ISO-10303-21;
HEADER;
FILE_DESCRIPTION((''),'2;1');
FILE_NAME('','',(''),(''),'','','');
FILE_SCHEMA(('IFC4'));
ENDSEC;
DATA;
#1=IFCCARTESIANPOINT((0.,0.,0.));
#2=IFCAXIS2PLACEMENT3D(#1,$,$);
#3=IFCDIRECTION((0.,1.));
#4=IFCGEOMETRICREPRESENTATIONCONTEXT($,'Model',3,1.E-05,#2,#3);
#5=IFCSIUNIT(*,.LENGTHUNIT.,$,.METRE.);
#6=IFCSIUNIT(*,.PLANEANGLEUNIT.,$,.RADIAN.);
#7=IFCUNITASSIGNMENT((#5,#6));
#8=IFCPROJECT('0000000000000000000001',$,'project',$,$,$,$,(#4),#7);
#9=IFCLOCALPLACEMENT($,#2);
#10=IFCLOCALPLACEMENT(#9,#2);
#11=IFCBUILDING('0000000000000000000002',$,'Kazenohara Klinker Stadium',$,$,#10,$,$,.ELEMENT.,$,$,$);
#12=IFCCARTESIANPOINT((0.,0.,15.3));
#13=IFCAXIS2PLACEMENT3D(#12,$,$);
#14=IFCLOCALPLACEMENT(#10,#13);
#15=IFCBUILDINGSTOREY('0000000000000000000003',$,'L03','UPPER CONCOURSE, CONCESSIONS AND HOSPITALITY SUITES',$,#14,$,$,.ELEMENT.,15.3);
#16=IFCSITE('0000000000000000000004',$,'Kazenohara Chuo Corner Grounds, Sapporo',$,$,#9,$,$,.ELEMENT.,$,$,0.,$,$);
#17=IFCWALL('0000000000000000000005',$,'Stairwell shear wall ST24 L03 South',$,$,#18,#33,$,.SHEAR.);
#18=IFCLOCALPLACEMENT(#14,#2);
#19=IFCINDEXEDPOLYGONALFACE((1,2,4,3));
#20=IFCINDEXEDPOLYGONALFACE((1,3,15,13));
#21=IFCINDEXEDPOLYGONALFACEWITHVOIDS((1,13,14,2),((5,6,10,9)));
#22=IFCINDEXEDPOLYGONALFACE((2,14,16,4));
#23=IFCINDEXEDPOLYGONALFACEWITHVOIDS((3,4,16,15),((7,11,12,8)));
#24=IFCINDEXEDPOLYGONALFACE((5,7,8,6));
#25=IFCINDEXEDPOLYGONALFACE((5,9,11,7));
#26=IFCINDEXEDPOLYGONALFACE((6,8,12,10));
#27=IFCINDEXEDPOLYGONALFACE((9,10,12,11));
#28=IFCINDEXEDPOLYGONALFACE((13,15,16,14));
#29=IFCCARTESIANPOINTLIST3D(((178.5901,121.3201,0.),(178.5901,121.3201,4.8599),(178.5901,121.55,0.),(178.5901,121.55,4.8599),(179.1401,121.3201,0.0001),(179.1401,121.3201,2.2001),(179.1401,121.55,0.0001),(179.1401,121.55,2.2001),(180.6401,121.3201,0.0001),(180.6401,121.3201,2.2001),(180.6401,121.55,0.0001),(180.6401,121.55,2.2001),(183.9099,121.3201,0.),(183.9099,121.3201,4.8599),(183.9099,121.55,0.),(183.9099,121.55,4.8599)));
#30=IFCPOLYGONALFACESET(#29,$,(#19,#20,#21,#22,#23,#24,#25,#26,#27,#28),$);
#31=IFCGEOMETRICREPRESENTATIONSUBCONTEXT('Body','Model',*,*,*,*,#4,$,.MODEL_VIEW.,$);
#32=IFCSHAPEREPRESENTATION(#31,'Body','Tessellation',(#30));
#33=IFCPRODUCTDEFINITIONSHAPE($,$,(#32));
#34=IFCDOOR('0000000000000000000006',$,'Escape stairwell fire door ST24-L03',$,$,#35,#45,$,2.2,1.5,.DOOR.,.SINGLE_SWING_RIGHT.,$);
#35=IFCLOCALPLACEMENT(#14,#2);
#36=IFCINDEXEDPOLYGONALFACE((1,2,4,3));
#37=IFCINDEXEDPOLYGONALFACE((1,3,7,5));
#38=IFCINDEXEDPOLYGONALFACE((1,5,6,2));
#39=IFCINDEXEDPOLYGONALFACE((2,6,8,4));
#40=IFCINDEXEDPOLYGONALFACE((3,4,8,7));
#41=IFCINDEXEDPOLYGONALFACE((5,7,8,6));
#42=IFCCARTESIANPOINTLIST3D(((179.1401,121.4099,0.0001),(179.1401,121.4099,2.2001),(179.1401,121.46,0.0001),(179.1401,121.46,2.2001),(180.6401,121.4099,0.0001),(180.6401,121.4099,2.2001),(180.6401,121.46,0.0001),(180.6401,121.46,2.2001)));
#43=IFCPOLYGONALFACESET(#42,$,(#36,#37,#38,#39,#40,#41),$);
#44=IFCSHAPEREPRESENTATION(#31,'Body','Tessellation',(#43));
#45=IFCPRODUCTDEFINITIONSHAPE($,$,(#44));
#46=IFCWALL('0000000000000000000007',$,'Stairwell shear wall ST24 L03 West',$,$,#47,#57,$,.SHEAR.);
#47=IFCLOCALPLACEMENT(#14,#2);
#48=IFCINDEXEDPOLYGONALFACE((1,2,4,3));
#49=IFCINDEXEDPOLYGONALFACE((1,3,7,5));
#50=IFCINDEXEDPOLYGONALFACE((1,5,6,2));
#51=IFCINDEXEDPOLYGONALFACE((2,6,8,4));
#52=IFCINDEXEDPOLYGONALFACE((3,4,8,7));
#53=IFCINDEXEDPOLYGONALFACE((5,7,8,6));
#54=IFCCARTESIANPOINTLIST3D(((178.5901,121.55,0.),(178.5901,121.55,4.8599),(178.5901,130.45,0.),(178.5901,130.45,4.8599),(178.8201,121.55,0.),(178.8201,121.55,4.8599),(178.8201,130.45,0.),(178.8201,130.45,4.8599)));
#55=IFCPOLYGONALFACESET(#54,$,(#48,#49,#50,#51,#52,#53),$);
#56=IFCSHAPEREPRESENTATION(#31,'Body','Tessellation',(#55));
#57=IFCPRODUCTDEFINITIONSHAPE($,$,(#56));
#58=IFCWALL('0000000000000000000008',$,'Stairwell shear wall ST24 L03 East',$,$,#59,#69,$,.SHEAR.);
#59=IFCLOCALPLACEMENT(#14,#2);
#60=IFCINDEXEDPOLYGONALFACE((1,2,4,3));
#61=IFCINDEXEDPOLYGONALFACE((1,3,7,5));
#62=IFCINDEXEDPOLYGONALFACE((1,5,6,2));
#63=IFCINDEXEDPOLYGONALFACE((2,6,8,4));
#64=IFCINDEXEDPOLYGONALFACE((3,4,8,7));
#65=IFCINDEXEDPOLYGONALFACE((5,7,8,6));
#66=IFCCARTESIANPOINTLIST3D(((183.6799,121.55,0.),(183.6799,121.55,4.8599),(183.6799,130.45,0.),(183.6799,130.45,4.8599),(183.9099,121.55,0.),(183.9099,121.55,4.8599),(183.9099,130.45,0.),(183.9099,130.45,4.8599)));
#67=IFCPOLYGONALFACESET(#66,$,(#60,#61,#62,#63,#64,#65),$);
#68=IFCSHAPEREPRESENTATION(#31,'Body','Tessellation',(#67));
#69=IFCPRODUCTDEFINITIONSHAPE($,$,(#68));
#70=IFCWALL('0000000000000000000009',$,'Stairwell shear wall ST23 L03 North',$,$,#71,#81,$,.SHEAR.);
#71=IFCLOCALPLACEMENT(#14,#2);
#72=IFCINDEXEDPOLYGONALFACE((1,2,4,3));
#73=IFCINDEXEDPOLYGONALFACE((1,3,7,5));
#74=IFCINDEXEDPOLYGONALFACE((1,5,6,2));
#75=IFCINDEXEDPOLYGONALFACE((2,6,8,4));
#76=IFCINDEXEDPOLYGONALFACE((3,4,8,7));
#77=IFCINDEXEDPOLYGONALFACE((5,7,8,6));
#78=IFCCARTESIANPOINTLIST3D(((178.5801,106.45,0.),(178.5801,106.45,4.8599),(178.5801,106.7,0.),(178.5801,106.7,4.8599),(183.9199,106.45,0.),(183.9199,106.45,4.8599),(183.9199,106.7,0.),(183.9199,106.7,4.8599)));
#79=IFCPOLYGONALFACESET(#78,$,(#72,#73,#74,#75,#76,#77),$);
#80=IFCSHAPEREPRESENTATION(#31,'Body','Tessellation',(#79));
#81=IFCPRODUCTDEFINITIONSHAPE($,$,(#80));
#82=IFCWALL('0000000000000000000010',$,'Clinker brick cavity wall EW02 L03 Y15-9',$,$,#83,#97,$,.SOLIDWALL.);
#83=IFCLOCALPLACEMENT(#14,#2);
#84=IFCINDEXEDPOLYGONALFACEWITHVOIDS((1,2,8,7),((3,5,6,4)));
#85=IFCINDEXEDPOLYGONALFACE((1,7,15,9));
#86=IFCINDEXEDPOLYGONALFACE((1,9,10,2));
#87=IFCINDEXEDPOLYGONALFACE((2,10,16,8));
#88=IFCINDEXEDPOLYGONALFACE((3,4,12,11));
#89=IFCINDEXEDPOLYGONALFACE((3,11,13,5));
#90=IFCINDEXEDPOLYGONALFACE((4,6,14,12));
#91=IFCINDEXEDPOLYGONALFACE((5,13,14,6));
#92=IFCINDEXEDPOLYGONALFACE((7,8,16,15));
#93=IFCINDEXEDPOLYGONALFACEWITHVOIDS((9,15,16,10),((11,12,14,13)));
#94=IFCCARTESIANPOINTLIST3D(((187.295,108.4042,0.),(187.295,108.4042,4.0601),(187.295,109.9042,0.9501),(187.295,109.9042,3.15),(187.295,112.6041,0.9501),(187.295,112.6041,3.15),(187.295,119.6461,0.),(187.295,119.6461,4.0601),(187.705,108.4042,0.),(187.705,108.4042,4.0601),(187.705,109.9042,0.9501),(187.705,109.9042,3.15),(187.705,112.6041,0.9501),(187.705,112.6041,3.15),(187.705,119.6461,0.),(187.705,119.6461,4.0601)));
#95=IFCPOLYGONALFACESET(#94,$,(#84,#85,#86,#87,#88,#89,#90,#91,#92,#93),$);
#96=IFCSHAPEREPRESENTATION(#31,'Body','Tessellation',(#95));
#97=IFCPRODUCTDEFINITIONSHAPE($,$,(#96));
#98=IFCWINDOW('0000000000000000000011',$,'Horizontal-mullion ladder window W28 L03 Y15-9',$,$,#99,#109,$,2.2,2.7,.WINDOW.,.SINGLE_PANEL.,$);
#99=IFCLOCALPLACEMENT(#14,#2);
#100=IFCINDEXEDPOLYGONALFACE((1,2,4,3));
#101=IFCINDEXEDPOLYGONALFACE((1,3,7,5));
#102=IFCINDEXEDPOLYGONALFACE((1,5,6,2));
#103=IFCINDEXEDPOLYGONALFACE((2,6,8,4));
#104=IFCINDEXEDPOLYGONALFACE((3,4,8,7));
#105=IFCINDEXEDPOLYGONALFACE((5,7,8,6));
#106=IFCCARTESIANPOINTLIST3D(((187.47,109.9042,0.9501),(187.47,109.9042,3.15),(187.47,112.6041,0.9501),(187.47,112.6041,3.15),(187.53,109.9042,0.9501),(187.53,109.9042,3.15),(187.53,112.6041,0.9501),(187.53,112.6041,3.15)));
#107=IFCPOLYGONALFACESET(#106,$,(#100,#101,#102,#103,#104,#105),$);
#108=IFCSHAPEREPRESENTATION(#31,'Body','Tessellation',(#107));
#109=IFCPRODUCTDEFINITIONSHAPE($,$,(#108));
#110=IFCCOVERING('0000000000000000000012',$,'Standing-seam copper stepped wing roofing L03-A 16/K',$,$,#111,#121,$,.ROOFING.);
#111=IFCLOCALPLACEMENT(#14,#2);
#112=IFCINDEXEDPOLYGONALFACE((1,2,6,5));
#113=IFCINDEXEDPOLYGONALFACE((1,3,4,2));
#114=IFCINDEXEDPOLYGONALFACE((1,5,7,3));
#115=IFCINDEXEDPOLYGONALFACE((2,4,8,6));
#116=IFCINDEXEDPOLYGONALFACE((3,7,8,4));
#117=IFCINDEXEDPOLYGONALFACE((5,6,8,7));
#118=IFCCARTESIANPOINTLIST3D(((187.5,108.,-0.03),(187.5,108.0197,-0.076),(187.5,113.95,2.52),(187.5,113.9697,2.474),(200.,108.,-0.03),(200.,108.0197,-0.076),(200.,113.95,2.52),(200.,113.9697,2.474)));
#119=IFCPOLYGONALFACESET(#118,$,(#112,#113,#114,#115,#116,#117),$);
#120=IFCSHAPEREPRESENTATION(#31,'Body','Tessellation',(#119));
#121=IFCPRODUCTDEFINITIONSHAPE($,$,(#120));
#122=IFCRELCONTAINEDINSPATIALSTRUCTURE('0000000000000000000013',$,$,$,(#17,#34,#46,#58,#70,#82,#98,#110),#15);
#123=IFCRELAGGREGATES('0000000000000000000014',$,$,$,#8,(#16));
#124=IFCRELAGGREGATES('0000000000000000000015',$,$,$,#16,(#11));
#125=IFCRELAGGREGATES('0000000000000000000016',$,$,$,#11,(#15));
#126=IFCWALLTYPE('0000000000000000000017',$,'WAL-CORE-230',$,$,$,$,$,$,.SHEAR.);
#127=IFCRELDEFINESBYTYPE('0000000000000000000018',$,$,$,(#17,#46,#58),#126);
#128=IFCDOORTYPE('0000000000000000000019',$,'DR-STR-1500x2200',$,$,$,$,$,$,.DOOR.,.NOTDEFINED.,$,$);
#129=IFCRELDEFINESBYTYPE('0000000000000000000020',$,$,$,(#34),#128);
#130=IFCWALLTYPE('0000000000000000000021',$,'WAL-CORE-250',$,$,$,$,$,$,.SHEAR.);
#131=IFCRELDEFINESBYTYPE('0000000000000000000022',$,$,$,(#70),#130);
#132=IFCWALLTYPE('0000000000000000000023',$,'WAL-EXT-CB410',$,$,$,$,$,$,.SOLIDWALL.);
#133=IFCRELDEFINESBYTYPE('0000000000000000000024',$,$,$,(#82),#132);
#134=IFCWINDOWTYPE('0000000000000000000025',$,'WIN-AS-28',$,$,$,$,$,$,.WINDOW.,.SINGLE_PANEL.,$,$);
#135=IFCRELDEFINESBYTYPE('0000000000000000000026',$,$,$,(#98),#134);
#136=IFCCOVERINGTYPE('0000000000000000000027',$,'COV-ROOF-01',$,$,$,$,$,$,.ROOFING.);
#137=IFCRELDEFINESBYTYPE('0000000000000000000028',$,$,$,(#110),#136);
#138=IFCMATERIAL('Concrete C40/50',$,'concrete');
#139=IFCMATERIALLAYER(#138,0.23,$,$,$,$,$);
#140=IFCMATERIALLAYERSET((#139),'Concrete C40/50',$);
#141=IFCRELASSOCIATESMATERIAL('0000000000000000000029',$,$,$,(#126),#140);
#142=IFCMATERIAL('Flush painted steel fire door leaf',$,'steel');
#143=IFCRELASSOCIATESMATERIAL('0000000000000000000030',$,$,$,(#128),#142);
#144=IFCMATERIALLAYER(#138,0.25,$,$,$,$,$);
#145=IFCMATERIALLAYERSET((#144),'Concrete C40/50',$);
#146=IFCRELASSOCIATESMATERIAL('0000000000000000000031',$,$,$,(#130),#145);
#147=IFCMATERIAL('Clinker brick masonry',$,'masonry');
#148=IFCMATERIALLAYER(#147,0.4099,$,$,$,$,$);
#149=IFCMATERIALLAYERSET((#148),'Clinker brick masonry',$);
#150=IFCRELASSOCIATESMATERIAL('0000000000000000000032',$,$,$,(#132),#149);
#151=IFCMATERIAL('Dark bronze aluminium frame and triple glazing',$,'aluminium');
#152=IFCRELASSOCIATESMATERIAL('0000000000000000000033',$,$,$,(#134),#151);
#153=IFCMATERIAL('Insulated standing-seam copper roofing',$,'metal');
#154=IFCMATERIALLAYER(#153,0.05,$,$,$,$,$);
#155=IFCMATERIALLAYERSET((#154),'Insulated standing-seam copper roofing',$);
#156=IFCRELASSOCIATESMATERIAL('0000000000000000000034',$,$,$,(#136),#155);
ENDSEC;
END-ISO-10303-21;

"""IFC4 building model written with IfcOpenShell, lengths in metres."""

from ifc_helpers import new_model, si_unit, direction, frame, frame_2d, origin, place, context, subcontext, project, spatial, polyline, rectangle, outline, extrude, material, layer, layer_set, type_object, element, fill, save


model = new_model("IFC4")

# Units and contexts
model_context = context("Model", 3, precision=1e-05, world=origin(), true_north=direction((0.0, 1.0)))
body_context = subcontext(model_context, "Body", "Model", "MODEL_VIEW")
ifc_project = project(units=[si_unit("LENGTHUNIT", "METRE"), si_unit("PLANEANGLEUNIT", "RADIAN")], contexts=[model_context])

# Site, building, storey
site_placement = place(None, origin())
site = spatial("IfcSite", under=ifc_project, at=site_placement, Name="Kazenohara Chuo Corner Grounds, Sapporo", CompositionType="ELEMENT", RefElevation=0.0)
building_placement = place(site_placement, origin())
building = spatial("IfcBuilding", under=site, at=building_placement, Name="Kazenohara Klinker Stadium", CompositionType="ELEMENT")
storey_placement = place(building_placement, frame((0.0, 0.0, 15.3)))
storey = spatial("IfcBuildingStorey", under=building, at=storey_placement, Name="L03", Description="UPPER CONCOURSE, CONCESSIONS AND HOSPITALITY SUITES", CompositionType="ELEMENT", Elevation=15.3)

# Shared definitions
ifc_material_1 = material(Name="Concrete C40/50", Category="concrete")

# Wall, opening, door
ifc_layer_1 = layer(ifc_material_1, 0.23)
ifc_layer_set_1 = layer_set([ifc_layer_1], Name="Concrete C40/50")
wall_type_1 = type_object("IfcWallType", Name="WAL-CORE-230", PredefinedType="SHEAR", material=ifc_layer_set_1)
wall_1_placement = place(storey_placement, frame((178.5901, 121.4351, 0.0), z_axis=(0.0, 0.0, 1.0), x_axis=(1.0, 0.0, 0.0)))
wall_1 = element("IfcWall", 1, at=wall_1_placement, inside=storey, type_object=wall_type_1, Name="Stairwell shear wall ST24 L03 South", PredefinedType="SHEAR", context=body_context, shape_type="SweptSolid", body=[
    extrude(rectangle(XDim=5.3198, YDim=0.23, at=frame_2d((2.6599, 0.0))), origin(), (0.0, 0.0, 1.0), 4.8599),
])
opening_1_placement = place(wall_1_placement, frame((0.55, 0.0, 0.0)))
opening_1 = element("IfcOpeningElement", 2, at=opening_1_placement, cuts=wall_1, PredefinedType="OPENING", context=body_context, shape_type="SweptSolid", body=[
    extrude(rectangle(XDim=1.5, YDim=2.2, at=frame_2d((0.75, 1.1001))), frame((0.0, 0.125, 0.0), z_axis=(0.0, -1.0, 0.0), x_axis=(1.0, 0.0, 0.0)), (0.0, 0.0, 1.0), 0.25),
])
ifc_material_2 = material(Name="Flush painted steel fire door leaf", Category="steel")
door_type = type_object("IfcDoorType", Name="DR-STR-1500x2200", OperationType="NOTDEFINED", PredefinedType="DOOR", material=ifc_material_2)
door_placement = place(opening_1_placement, origin())
door = element("IfcDoor", 3, at=door_placement, inside=storey, type_object=door_type, Name="Escape stairwell fire door ST24-L03", OperationType="SINGLE_SWING_RIGHT", OverallHeight=2.2, OverallWidth=1.5, PredefinedType="DOOR", context=body_context, shape_type="SweptSolid", body=[
    extrude(rectangle(XDim=1.5, YDim=2.2, at=frame_2d((0.75, 1.1001))), frame((0.0, 0.0249, 0.0), z_axis=(0.0, -1.0, 0.0), x_axis=(1.0, 0.0, 0.0)), (0.0, 0.0, 1.0), 0.05),
])
fill(opening_1, door)

# Walls
for number, where, z_axis, x_axis, name in (
    (4, (178.7051, 121.55, 0.0), (0.0, 0.0, 1.0), (0.0, 1.0, 0.0), "Stairwell shear wall ST24 L03 West"),
    (5, (183.7949, 121.55, 0.0), (0.0, 0.0, 1.0), (0.0, 1.0, 0.0), "Stairwell shear wall ST24 L03 East"),
):
    element("IfcWall", number, at=place(storey_placement, frame(where, z_axis=z_axis, x_axis=x_axis)), inside=storey, type_object=wall_type_1, Name=name, PredefinedType="SHEAR", context=body_context, shape_type="SweptSolid", body=[
        extrude(rectangle(XDim=8.8999, YDim=0.23, at=frame_2d((4.45, 0.0))), origin(), (0.0, 0.0, 1.0), 4.8599),
    ])
ifc_layer_2 = layer(ifc_material_1, 0.25)
ifc_layer_set_2 = layer_set([ifc_layer_2], Name="Concrete C40/50")
wall_type_2 = type_object("IfcWallType", Name="WAL-CORE-250", PredefinedType="SHEAR", material=ifc_layer_set_2)
wall_2_placement = place(storey_placement, frame((178.5801, 106.575, 0.0), z_axis=(0.0, 0.0, 1.0), x_axis=(1.0, 0.0, 0.0)))
element("IfcWall", 6, at=wall_2_placement, inside=storey, type_object=wall_type_2, Name="Stairwell shear wall ST23 L03 North", PredefinedType="SHEAR", context=body_context, shape_type="SweptSolid", body=[
    extrude(rectangle(XDim=5.3398, YDim=0.25, at=frame_2d((2.6699, 0.0))), origin(), (0.0, 0.0, 1.0), 4.8599),
])

# Wall, opening, window
ifc_material_3 = material(Name="Clinker brick masonry", Category="masonry")
ifc_layer_3 = layer(ifc_material_3, 0.4099)
ifc_layer_set_3 = layer_set([ifc_layer_3], Name="Clinker brick masonry")
wall_type_3 = type_object("IfcWallType", Name="WAL-EXT-CB410", PredefinedType="SOLIDWALL", material=ifc_layer_set_3)
wall_3_placement = place(storey_placement, frame((187.5, 108.4041, 0.0), z_axis=(0.0, 0.0, 1.0), x_axis=(0.0, 1.0, 0.0)))
wall_3 = element("IfcWall", 7, at=wall_3_placement, inside=storey, type_object=wall_type_3, Name="Clinker brick cavity wall EW02 L03 Y15-9", PredefinedType="SOLIDWALL", context=body_context, shape_type="SweptSolid", body=[
    extrude(rectangle(XDim=11.2419, YDim=0.4099, at=frame_2d((5.6211, 0.0))), origin(), (0.0, 0.0, 1.0), 4.0601),
])
opening_2_placement = place(wall_3_placement, frame((1.5, 0.0, 0.95)))
opening_2 = element("IfcOpeningElement", 8, at=opening_2_placement, cuts=wall_3, PredefinedType="OPENING", context=body_context, shape_type="SweptSolid", body=[
    extrude(rectangle(XDim=2.7, YDim=2.2, at=frame_2d((1.3501, 1.1001))), frame((0.0, 0.2148, 0.0), z_axis=(0.0, -1.0, 0.0), x_axis=(1.0, 0.0, 0.0)), (0.0, 0.0, 1.0), 0.4299),
])
ifc_material_4 = material(Name="Dark bronze aluminium frame and triple glazing", Category="aluminium")
window_type = type_object("IfcWindowType", Name="WIN-AS-28", PartitioningType="SINGLE_PANEL", PredefinedType="WINDOW", material=ifc_material_4)
window_placement = place(opening_2_placement, origin())
window = element("IfcWindow", 9, at=window_placement, inside=storey, type_object=window_type, Name="Horizontal-mullion ladder window W28 L03 Y15-9", OverallHeight=2.2, OverallWidth=2.7, PartitioningType="SINGLE_PANEL", PredefinedType="WINDOW", context=body_context, shape_type="SweptSolid", body=[
    extrude(rectangle(XDim=2.7, YDim=2.2, at=frame_2d((1.3501, 1.1001))), frame((0.0, 0.03, 0.0), z_axis=(0.0, -1.0, 0.0), x_axis=(1.0, 0.0, 0.0)), (0.0, 0.0, 1.0), 0.0601),
])
fill(opening_2, window)

# Covering
ifc_material_5 = material(Name="Insulated standing-seam copper roofing", Category="metal")
ifc_layer_4 = layer(ifc_material_5, 0.05)
ifc_layer_set_4 = layer_set([ifc_layer_4], Name="Insulated standing-seam copper roofing")
covering_type = type_object("IfcCoveringType", Name="COV-ROOF-01", PredefinedType="ROOFING", material=ifc_layer_set_4)
covering_placement = place(storey_placement, frame((187.5, 108.0, -0.03), z_axis=(0.0, -0.393928, 0.919141), x_axis=(1.0, 0.0, 0.0)))
element("IfcCovering", 10, at=covering_placement, inside=storey, type_object=covering_type, Name="Standing-seam copper stepped wing roofing L03-A 16/K", PredefinedType="ROOFING", context=body_context, shape_type="SweptSolid", body=[
    extrude(outline(polyline([(0.0, 0.0), (12.5, 0.0), (12.5, 6.4734), (0.0, 6.4734), (0.0, 0.0)])), origin(), (0.0, 0.0, -1.0), 0.05),
])

save(model, "model.ifc")
